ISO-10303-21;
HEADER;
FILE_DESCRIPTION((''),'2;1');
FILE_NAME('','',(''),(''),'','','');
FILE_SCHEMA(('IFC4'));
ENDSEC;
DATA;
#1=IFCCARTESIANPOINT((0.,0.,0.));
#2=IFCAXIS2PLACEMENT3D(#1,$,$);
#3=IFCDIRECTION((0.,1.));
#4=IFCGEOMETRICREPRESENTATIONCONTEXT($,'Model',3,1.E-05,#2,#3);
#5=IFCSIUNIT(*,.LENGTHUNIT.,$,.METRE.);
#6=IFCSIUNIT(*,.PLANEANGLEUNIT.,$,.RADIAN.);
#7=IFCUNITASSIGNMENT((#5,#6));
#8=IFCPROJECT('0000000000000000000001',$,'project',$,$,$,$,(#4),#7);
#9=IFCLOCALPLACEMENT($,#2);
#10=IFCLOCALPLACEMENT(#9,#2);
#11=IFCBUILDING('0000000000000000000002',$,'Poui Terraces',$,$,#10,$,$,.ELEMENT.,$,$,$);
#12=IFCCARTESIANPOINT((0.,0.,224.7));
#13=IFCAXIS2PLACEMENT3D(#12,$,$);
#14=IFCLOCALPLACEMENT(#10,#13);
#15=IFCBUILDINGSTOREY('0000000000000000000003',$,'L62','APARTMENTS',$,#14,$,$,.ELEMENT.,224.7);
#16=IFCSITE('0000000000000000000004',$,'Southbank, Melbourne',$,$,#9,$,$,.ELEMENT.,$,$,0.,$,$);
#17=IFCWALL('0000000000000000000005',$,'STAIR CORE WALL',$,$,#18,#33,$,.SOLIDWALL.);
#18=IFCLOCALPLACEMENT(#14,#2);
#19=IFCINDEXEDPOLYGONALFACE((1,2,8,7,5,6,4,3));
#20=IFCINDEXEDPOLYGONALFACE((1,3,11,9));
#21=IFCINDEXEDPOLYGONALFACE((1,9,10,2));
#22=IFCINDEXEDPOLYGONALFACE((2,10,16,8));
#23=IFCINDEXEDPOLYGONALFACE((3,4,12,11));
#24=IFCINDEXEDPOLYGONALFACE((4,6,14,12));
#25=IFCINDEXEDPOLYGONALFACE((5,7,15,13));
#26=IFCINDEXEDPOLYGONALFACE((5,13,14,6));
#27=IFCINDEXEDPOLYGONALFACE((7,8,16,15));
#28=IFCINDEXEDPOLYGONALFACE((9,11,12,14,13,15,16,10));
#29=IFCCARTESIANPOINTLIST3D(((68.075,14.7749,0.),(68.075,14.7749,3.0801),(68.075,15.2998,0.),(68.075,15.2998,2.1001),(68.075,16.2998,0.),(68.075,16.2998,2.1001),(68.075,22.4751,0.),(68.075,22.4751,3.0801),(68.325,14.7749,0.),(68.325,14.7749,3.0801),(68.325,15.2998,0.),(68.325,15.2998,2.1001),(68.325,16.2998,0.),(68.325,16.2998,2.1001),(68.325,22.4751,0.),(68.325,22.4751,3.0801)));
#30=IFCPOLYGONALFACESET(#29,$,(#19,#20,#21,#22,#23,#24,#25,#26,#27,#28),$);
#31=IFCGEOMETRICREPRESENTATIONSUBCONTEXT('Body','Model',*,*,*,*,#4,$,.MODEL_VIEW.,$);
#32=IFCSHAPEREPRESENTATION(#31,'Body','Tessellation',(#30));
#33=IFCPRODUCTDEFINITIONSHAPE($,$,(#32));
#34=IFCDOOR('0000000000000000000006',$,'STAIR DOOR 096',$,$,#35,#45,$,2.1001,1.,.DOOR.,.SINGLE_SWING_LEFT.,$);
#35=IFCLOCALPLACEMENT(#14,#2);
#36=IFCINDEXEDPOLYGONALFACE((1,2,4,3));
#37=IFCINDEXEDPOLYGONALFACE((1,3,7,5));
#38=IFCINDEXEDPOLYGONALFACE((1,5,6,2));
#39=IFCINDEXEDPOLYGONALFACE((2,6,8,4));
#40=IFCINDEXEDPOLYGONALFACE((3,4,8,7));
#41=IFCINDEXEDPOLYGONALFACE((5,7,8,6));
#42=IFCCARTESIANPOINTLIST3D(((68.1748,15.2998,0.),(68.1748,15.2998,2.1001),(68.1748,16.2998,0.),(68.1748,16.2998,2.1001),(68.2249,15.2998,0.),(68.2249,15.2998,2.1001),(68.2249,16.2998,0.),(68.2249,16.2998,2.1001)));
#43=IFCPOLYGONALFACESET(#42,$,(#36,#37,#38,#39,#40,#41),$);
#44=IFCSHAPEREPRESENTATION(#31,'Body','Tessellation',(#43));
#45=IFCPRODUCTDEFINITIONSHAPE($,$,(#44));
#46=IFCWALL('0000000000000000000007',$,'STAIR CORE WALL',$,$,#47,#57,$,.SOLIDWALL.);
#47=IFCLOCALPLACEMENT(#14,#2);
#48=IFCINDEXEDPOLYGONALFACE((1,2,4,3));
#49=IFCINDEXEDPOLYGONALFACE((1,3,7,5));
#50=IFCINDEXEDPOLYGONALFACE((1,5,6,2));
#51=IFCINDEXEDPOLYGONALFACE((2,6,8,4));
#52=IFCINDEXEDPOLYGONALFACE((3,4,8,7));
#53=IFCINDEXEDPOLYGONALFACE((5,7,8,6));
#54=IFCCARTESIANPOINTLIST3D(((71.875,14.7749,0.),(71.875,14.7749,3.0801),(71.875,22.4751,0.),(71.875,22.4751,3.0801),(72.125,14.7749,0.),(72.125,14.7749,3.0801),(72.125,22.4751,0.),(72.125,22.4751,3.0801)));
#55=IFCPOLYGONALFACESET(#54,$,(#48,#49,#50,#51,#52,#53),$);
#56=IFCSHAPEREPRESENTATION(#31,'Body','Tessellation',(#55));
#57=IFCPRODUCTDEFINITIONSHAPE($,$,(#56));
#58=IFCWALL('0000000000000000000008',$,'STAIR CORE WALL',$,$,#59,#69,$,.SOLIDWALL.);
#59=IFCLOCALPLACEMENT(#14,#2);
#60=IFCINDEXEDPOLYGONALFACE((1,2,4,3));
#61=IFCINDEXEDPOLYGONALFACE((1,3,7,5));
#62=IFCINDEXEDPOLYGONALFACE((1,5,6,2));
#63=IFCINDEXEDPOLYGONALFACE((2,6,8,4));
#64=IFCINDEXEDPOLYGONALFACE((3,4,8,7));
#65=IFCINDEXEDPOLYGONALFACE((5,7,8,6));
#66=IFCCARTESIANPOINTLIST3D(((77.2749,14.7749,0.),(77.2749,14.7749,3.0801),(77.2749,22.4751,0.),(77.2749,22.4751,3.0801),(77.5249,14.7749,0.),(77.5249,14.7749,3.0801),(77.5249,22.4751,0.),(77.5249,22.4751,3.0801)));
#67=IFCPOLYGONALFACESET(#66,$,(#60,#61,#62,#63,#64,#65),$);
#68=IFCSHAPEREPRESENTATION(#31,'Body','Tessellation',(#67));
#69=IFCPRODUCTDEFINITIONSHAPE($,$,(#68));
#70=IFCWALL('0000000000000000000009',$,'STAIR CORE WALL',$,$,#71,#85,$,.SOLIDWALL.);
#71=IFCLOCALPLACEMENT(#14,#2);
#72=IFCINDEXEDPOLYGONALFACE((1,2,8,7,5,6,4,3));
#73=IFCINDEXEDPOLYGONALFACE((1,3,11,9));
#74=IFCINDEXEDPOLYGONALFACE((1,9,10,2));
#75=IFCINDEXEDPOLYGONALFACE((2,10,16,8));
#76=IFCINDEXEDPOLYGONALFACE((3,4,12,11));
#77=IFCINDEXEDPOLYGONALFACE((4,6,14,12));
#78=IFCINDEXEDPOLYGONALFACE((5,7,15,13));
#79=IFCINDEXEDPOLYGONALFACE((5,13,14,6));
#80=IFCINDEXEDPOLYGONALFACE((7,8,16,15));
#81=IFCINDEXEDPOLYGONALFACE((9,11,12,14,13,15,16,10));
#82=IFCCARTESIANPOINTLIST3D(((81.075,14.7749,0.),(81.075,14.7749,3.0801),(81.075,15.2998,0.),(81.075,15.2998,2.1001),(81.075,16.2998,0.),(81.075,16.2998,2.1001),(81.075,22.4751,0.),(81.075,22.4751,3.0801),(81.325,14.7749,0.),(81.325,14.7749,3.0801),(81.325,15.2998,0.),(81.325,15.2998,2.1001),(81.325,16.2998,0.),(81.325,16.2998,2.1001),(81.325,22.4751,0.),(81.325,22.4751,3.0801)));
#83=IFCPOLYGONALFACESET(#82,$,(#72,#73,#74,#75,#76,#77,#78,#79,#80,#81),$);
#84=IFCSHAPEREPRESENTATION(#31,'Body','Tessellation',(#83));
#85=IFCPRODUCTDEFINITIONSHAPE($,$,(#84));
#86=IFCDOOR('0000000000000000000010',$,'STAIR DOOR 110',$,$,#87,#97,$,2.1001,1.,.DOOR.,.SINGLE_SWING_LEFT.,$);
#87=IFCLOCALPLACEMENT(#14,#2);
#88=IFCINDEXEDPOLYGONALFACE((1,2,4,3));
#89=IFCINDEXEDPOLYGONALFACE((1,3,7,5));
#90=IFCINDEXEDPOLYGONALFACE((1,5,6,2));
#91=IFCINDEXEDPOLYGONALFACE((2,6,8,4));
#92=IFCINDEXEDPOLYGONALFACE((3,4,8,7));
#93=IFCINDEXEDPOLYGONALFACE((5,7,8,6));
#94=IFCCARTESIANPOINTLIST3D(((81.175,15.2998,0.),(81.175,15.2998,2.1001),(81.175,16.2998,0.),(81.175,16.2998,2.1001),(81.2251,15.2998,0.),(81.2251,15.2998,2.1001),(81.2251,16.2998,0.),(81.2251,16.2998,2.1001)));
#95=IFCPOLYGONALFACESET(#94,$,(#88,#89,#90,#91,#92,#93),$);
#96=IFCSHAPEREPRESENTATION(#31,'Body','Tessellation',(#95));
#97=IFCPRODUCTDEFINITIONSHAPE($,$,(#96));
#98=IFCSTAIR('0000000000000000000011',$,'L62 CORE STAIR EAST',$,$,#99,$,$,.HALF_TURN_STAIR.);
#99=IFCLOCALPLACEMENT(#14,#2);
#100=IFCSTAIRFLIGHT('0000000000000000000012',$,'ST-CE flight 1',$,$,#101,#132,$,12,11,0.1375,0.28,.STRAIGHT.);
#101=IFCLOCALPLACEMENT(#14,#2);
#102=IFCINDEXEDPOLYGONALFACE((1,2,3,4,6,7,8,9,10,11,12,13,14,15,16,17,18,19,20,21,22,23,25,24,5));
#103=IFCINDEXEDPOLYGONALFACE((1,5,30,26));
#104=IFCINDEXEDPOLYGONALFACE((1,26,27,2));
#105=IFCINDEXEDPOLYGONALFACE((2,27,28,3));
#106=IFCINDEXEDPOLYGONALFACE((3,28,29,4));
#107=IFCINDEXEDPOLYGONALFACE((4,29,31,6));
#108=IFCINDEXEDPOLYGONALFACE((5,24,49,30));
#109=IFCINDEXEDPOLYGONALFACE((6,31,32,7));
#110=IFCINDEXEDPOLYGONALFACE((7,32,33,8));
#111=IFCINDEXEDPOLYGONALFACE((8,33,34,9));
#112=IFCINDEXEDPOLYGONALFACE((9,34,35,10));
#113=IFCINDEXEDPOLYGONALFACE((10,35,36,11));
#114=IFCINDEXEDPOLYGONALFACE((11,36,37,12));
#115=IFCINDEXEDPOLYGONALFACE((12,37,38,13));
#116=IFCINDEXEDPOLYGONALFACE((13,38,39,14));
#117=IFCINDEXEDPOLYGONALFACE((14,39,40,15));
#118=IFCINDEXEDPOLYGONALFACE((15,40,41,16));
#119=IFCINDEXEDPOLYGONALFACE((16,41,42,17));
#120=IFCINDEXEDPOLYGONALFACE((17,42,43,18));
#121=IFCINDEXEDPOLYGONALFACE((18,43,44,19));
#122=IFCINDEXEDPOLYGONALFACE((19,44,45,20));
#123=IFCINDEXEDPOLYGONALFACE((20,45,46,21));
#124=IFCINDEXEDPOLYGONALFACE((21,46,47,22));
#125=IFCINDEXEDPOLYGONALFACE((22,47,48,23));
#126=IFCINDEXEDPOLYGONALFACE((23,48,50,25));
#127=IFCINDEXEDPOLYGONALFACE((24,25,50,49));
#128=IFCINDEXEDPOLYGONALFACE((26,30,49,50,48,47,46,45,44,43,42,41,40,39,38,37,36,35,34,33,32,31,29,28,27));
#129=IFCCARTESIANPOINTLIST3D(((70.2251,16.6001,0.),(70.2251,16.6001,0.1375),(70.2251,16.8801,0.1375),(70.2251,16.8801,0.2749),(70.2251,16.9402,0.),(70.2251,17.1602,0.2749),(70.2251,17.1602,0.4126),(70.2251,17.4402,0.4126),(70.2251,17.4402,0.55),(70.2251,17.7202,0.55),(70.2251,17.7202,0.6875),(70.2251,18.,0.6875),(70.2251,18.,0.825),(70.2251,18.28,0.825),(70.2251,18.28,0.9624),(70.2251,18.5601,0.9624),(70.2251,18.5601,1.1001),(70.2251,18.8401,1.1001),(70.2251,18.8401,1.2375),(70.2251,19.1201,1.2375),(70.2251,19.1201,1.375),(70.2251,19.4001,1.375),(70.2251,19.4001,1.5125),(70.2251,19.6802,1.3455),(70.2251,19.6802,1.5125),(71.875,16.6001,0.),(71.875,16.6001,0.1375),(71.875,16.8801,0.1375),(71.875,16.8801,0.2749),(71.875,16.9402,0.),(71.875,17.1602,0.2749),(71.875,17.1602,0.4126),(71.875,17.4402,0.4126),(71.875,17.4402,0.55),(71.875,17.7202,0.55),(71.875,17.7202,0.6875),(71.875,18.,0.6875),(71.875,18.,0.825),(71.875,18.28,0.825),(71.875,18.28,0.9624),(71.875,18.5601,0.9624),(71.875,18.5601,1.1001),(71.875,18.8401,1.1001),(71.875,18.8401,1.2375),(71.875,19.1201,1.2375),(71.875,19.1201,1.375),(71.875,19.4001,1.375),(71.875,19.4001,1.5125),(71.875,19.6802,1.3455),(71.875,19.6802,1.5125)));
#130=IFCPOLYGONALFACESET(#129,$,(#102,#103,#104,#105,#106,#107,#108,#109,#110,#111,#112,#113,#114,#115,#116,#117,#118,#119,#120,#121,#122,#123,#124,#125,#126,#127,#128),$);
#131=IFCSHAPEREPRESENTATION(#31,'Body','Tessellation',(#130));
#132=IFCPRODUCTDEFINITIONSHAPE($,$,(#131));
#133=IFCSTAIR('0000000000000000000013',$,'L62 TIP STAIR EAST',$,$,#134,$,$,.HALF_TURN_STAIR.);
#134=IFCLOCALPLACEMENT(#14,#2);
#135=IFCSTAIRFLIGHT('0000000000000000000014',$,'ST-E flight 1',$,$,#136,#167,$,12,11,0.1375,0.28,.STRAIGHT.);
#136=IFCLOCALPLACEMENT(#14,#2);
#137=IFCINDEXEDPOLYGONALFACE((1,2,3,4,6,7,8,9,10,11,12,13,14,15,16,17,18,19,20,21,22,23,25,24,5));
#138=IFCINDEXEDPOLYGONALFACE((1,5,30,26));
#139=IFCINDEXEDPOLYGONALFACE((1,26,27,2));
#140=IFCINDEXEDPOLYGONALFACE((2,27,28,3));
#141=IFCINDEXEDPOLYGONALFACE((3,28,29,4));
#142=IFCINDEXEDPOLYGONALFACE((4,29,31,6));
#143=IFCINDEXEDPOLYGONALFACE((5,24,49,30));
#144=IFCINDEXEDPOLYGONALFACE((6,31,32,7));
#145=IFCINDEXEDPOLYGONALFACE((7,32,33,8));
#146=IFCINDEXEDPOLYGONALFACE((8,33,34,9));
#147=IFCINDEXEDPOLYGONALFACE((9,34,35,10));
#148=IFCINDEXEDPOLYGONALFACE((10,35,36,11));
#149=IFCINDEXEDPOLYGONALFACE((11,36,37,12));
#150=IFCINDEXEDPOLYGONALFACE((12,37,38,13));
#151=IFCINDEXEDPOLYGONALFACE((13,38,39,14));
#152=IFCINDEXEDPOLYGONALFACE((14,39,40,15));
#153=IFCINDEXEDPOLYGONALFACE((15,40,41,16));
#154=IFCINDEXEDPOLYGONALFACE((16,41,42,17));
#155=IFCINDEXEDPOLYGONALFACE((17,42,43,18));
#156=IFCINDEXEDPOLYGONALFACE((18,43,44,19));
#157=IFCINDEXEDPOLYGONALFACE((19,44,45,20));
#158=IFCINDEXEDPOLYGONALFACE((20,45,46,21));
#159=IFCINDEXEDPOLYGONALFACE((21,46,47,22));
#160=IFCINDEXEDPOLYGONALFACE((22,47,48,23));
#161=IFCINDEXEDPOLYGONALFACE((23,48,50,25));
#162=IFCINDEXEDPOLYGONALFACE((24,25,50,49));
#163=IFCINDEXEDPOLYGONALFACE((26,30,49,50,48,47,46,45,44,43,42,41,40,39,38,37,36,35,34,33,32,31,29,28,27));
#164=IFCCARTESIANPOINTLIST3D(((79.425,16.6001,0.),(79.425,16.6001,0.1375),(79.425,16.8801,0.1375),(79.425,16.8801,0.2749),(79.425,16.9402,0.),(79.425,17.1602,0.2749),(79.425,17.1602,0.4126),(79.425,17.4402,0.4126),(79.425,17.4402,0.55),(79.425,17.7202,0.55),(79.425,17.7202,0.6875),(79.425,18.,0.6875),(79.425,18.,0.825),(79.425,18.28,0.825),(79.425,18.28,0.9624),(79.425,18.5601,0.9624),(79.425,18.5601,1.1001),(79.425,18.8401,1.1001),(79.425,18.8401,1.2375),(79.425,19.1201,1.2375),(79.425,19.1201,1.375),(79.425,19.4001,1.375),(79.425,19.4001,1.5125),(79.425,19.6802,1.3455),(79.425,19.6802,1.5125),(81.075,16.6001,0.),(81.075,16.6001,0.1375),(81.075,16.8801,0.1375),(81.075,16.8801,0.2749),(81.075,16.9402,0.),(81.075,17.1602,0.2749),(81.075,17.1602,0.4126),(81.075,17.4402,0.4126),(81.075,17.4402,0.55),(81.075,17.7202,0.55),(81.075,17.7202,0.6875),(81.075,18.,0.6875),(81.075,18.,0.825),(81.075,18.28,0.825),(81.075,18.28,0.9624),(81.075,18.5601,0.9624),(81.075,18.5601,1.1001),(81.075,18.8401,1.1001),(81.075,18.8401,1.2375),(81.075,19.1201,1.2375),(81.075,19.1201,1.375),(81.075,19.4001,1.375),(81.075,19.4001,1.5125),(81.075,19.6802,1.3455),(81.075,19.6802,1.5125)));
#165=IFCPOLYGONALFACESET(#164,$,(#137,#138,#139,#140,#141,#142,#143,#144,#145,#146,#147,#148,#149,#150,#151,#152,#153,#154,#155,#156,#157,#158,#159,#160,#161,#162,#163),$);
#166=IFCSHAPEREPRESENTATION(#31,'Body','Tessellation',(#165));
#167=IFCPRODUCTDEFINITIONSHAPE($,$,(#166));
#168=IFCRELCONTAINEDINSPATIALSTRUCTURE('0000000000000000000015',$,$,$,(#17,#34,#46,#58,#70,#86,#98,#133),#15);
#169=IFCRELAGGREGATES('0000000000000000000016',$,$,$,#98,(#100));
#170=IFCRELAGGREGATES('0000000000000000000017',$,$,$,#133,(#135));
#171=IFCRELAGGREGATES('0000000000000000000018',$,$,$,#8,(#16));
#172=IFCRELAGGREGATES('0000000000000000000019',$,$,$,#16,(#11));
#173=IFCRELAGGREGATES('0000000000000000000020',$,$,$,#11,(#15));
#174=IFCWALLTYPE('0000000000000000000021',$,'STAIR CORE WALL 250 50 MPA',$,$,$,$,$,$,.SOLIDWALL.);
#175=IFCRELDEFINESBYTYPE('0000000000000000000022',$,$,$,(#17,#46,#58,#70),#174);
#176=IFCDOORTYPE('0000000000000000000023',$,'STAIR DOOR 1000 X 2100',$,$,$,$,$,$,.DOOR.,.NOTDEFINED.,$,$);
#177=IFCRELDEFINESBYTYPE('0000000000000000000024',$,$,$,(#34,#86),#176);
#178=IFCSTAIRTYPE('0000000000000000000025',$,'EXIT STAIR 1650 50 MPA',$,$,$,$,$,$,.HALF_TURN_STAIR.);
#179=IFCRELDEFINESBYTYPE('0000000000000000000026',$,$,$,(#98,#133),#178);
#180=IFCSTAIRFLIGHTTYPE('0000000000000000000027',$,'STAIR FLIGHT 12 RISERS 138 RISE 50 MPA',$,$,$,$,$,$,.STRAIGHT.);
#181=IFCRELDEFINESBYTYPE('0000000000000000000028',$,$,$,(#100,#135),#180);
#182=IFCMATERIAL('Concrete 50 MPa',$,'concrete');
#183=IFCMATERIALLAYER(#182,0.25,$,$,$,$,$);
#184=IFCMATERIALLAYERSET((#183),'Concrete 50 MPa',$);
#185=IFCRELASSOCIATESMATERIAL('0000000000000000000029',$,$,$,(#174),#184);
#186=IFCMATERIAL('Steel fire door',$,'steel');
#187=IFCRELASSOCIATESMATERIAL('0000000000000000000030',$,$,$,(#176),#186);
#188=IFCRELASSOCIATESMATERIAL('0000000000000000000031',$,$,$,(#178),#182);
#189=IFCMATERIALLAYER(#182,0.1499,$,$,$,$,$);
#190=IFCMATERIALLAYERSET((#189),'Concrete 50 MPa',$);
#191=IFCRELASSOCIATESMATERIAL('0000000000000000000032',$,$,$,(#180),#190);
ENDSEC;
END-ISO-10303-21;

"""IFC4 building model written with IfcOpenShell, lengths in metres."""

from ifc_helpers import new_model, si_unit, direction, frame, frame_2d, origin, place, context, subcontext, project, spatial, polyline, rectangle, outline, extrude, material, layer, layer_set, type_object, element, fill, aggregate, save


model = new_model("IFC4")

# Units and contexts
model_context = context("Model", 3, precision=1e-05, world=origin(), true_north=direction((0.0, 1.0)))
body_context = subcontext(model_context, "Body", "Model", "MODEL_VIEW")
ifc_project = project(units=[si_unit("LENGTHUNIT", "METRE"), si_unit("PLANEANGLEUNIT", "RADIAN")], contexts=[model_context])

# Site, building, storey
site_placement = place(None, origin())
site = spatial("IfcSite", under=ifc_project, at=site_placement, Name="Southbank, Melbourne", CompositionType="ELEMENT", RefElevation=0.0)
building_placement = place(site_placement, origin())
building = spatial("IfcBuilding", under=site, at=building_placement, Name="Poui Terraces", CompositionType="ELEMENT")
storey_placement = place(building_placement, frame((0.0, 0.0, 224.7)))
storey = spatial("IfcBuildingStorey", under=building, at=storey_placement, Name="L62", Description="APARTMENTS", CompositionType="ELEMENT", Elevation=224.7)

# Shared definitions
ifc_material_1 = material(Name="Concrete 50 MPa", Category="concrete")

# Shared definitions
ifc_material_2 = material(Name="Steel fire door", Category="steel")

# Wall, opening, door
ifc_layer_1 = layer(ifc_material_1, 0.25)
ifc_layer_set_1 = layer_set([ifc_layer_1], Name="Concrete 50 MPa")
wall_type_1 = type_object("IfcWallType", Name="STAIR CORE WALL 250 50 MPA", PredefinedType="SOLIDWALL", material=ifc_layer_set_1)
wall_1_placement = place(storey_placement, frame((68.2, 14.7749, 0.0), z_axis=(0.0, 0.0, 1.0), x_axis=(0.0, 1.0, 0.0)))
wall_1 = element("IfcWall", 1, at=wall_1_placement, inside=storey, type_object=wall_type_1, Name="STAIR CORE WALL", PredefinedType="SOLIDWALL", context=body_context, shape_type="SweptSolid", body=[
    extrude(rectangle(XDim=7.7002, YDim=0.25, at=frame_2d((3.8501, 0.0))), origin(), (0.0, 0.0, 1.0), 3.0801),
])
opening_1_placement = place(wall_1_placement, frame((0.5249, 0.0, 0.0)))
opening_1 = element("IfcOpeningElement", 2, at=opening_1_placement, cuts=wall_1, PredefinedType="OPENING", context=body_context, shape_type="SweptSolid", body=[
    extrude(rectangle(XDim=1.0, YDim=2.1001, at=frame_2d((0.5, 1.05))), frame((0.0, 0.135, 0.0), z_axis=(0.0, -1.0, 0.0), x_axis=(1.0, 0.0, 0.0)), (0.0, 0.0, 1.0), 0.27),
])
door_type_1 = type_object("IfcDoorType", Name="STAIR DOOR 1000 X 2100", OperationType="NOTDEFINED", PredefinedType="DOOR", material=ifc_material_2)
door_1_placement = place(opening_1_placement, frame((1.0, 0.0, 0.0), z_axis=(0.0, 0.0, 1.0), x_axis=(-1.0, 0.0, 0.0)))
door_1 = element("IfcDoor", 3, at=door_1_placement, inside=storey, type_object=door_type_1, Name="STAIR DOOR 096", OperationType="SINGLE_SWING_LEFT", OverallHeight=2.1001, OverallWidth=1.0, PredefinedType="DOOR", context=body_context, shape_type="SweptSolid", body=[
    extrude(rectangle(XDim=1.0, YDim=2.1001, at=frame_2d((0.5, 1.05))), frame((0.0, 0.0249, 0.0), z_axis=(0.0, -1.0, 0.0), x_axis=(1.0, 0.0, 0.0)), (0.0, 0.0, 1.0), 0.05),
])
fill(opening_1, door_1)

# Walls
for number, where, z_axis, x_axis, name in (
    (4, (72.0, 14.7749, 0.0), (0.0, 0.0, 1.0), (0.0, 1.0, 0.0), "STAIR CORE WALL"),
    (5, (77.3999, 14.7749, 0.0), (0.0, 0.0, 1.0), (0.0, 1.0, 0.0), "STAIR CORE WALL"),
):
    element("IfcWall", number, at=place(storey_placement, frame(where, z_axis=z_axis, x_axis=x_axis)), inside=storey, type_object=wall_type_1, Name=name, PredefinedType="SOLIDWALL", context=body_context, shape_type="SweptSolid", body=[
        extrude(rectangle(XDim=7.7002, YDim=0.25, at=frame_2d((3.8501, 0.0))), origin(), (0.0, 0.0, 1.0), 3.0801),
    ])

# Wall, opening, door
wall_2_placement = place(storey_placement, frame((81.2, 14.7749, 0.0), z_axis=(0.0, 0.0, 1.0), x_axis=(0.0, 1.0, 0.0)))
wall_2 = element("IfcWall", 6, at=wall_2_placement, inside=storey, type_object=wall_type_1, Name="STAIR CORE WALL", PredefinedType="SOLIDWALL", context=body_context, shape_type="SweptSolid", body=[
    extrude(rectangle(XDim=7.7002, YDim=0.25, at=frame_2d((3.8501, 0.0))), origin(), (0.0, 0.0, 1.0), 3.0801),
])
opening_2_placement = place(wall_2_placement, frame((0.5249, 0.0, 0.0)))
opening_2 = element("IfcOpeningElement", 7, at=opening_2_placement, cuts=wall_2, PredefinedType="OPENING", context=body_context, shape_type="SweptSolid", body=[
    extrude(rectangle(XDim=1.0, YDim=2.1001, at=frame_2d((0.5, 1.05))), frame((0.0, 0.135, 0.0), z_axis=(0.0, -1.0, 0.0), x_axis=(1.0, 0.0, 0.0)), (0.0, 0.0, 1.0), 0.27),
])
door_2_placement = place(opening_2_placement, origin())
door_2 = element("IfcDoor", 8, at=door_2_placement, inside=storey, type_object=door_type_1, Name="STAIR DOOR 110", OperationType="SINGLE_SWING_LEFT", OverallHeight=2.1001, OverallWidth=1.0, PredefinedType="DOOR", context=body_context, shape_type="SweptSolid", body=[
    extrude(rectangle(XDim=1.0, YDim=2.1001, at=frame_2d((0.5, 1.05))), frame((0.0, 0.0249, 0.0), z_axis=(0.0, -1.0, 0.0), x_axis=(1.0, 0.0, 0.0)), (0.0, 0.0, 1.0), 0.05),
])
fill(opening_2, door_2)

# Stairs, stair flights
stair_type = type_object("IfcStairType", Name="EXIT STAIR 1650 50 MPA", PredefinedType="HALF_TURN_STAIR", material=ifc_material_1)
stair_1_placement = place(storey_placement, origin())
stair_1 = element("IfcStair", 9, at=stair_1_placement, inside=storey, type_object=stair_type, Name="L62 CORE STAIR EAST", PredefinedType="HALF_TURN_STAIR")
ifc_layer_2 = layer(ifc_material_1, 0.1499)
ifc_layer_set_2 = layer_set([ifc_layer_2], Name="Concrete 50 MPa")
stair_flight_type = type_object("IfcStairFlightType", Name="STAIR FLIGHT 12 RISERS 138 RISE 50 MPA", PredefinedType="STRAIGHT", material=ifc_layer_set_2)
stair_flight_1_placement = place(storey_placement, frame((71.05, 16.6001, 0.0), z_axis=(0.0, 0.0, 1.0), x_axis=(0.0, 1.0, 0.0)))
stair_flight_1 = element("IfcStairFlight", 10, at=stair_flight_1_placement, type_object=stair_flight_type, Name="ST-CE flight 1", NumberOfRisers=12, NumberOfTreads=11, PredefinedType="STRAIGHT", RiserHeight=0.1375, TreadLength=0.28, context=body_context, shape_type="SweptSolid", body=[
    extrude(outline(polyline([(0.0, 0.0), (0.0, 0.1375), (0.28, 0.1375), (0.28, 0.2749), (0.5601, 0.2749), (0.5601, 0.4126), (0.8401, 0.4126), (0.8401, 0.55), (1.1201, 0.55), (1.1201, 0.6875), (1.3999, 0.6875), (1.3999, 0.825), (1.6799, 0.825), (1.6799, 0.9624), (1.96, 0.9624), (1.96, 1.1001), (2.24, 1.1001), (2.24, 1.2375), (2.52, 1.2375), (2.52, 1.375), (2.8, 1.375), (2.8, 1.5125), (3.0801, 1.5125), (3.0801, 1.6499), (3.0801, 1.3455), (0.3401, 0.0), (0.0, 0.0)])), frame((0.0, 0.825, 0.0), z_axis=(0.0, -1.0, 0.0), x_axis=(1.0, 0.0, 0.0)), (0.0, 0.0, 1.0), 1.6499),
])
aggregate(stair_1, [stair_flight_1])
stair_2_placement = place(storey_placement, origin())
stair_2 = element("IfcStair", 11, at=stair_2_placement, inside=storey, type_object=stair_type, Name="L62 TIP STAIR EAST", PredefinedType="HALF_TURN_STAIR")
stair_flight_2_placement = place(storey_placement, frame((80.25, 16.6001, 0.0), z_axis=(0.0, 0.0, 1.0), x_axis=(0.0, 1.0, 0.0)))
stair_flight_2 = element("IfcStairFlight", 12, at=stair_flight_2_placement, type_object=stair_flight_type, Name="ST-E flight 1", NumberOfRisers=12, NumberOfTreads=11, PredefinedType="STRAIGHT", RiserHeight=0.1375, TreadLength=0.28, context=body_context, shape_type="SweptSolid", body=[
    extrude(outline(polyline([(0.0, 0.0), (0.0, 0.1375), (0.28, 0.1375), (0.28, 0.2749), (0.5601, 0.2749), (0.5601, 0.4126), (0.8401, 0.4126), (0.8401, 0.55), (1.1201, 0.55), (1.1201, 0.6875), (1.3999, 0.6875), (1.3999, 0.825), (1.6799, 0.825), (1.6799, 0.9624), (1.96, 0.9624), (1.96, 1.1001), (2.24, 1.1001), (2.24, 1.2375), (2.52, 1.2375), (2.52, 1.375), (2.8, 1.375), (2.8, 1.5125), (3.0801, 1.5125), (3.0801, 1.6499), (3.0801, 1.3455), (0.3401, 0.0), (0.0, 0.0)])), frame((0.0, 0.825, 0.0), z_axis=(0.0, -1.0, 0.0), x_axis=(1.0, 0.0, 0.0)), (0.0, 0.0, 1.0), 1.6499),
])
aggregate(stair_2, [stair_flight_2])

save(model, "model.ifc")
